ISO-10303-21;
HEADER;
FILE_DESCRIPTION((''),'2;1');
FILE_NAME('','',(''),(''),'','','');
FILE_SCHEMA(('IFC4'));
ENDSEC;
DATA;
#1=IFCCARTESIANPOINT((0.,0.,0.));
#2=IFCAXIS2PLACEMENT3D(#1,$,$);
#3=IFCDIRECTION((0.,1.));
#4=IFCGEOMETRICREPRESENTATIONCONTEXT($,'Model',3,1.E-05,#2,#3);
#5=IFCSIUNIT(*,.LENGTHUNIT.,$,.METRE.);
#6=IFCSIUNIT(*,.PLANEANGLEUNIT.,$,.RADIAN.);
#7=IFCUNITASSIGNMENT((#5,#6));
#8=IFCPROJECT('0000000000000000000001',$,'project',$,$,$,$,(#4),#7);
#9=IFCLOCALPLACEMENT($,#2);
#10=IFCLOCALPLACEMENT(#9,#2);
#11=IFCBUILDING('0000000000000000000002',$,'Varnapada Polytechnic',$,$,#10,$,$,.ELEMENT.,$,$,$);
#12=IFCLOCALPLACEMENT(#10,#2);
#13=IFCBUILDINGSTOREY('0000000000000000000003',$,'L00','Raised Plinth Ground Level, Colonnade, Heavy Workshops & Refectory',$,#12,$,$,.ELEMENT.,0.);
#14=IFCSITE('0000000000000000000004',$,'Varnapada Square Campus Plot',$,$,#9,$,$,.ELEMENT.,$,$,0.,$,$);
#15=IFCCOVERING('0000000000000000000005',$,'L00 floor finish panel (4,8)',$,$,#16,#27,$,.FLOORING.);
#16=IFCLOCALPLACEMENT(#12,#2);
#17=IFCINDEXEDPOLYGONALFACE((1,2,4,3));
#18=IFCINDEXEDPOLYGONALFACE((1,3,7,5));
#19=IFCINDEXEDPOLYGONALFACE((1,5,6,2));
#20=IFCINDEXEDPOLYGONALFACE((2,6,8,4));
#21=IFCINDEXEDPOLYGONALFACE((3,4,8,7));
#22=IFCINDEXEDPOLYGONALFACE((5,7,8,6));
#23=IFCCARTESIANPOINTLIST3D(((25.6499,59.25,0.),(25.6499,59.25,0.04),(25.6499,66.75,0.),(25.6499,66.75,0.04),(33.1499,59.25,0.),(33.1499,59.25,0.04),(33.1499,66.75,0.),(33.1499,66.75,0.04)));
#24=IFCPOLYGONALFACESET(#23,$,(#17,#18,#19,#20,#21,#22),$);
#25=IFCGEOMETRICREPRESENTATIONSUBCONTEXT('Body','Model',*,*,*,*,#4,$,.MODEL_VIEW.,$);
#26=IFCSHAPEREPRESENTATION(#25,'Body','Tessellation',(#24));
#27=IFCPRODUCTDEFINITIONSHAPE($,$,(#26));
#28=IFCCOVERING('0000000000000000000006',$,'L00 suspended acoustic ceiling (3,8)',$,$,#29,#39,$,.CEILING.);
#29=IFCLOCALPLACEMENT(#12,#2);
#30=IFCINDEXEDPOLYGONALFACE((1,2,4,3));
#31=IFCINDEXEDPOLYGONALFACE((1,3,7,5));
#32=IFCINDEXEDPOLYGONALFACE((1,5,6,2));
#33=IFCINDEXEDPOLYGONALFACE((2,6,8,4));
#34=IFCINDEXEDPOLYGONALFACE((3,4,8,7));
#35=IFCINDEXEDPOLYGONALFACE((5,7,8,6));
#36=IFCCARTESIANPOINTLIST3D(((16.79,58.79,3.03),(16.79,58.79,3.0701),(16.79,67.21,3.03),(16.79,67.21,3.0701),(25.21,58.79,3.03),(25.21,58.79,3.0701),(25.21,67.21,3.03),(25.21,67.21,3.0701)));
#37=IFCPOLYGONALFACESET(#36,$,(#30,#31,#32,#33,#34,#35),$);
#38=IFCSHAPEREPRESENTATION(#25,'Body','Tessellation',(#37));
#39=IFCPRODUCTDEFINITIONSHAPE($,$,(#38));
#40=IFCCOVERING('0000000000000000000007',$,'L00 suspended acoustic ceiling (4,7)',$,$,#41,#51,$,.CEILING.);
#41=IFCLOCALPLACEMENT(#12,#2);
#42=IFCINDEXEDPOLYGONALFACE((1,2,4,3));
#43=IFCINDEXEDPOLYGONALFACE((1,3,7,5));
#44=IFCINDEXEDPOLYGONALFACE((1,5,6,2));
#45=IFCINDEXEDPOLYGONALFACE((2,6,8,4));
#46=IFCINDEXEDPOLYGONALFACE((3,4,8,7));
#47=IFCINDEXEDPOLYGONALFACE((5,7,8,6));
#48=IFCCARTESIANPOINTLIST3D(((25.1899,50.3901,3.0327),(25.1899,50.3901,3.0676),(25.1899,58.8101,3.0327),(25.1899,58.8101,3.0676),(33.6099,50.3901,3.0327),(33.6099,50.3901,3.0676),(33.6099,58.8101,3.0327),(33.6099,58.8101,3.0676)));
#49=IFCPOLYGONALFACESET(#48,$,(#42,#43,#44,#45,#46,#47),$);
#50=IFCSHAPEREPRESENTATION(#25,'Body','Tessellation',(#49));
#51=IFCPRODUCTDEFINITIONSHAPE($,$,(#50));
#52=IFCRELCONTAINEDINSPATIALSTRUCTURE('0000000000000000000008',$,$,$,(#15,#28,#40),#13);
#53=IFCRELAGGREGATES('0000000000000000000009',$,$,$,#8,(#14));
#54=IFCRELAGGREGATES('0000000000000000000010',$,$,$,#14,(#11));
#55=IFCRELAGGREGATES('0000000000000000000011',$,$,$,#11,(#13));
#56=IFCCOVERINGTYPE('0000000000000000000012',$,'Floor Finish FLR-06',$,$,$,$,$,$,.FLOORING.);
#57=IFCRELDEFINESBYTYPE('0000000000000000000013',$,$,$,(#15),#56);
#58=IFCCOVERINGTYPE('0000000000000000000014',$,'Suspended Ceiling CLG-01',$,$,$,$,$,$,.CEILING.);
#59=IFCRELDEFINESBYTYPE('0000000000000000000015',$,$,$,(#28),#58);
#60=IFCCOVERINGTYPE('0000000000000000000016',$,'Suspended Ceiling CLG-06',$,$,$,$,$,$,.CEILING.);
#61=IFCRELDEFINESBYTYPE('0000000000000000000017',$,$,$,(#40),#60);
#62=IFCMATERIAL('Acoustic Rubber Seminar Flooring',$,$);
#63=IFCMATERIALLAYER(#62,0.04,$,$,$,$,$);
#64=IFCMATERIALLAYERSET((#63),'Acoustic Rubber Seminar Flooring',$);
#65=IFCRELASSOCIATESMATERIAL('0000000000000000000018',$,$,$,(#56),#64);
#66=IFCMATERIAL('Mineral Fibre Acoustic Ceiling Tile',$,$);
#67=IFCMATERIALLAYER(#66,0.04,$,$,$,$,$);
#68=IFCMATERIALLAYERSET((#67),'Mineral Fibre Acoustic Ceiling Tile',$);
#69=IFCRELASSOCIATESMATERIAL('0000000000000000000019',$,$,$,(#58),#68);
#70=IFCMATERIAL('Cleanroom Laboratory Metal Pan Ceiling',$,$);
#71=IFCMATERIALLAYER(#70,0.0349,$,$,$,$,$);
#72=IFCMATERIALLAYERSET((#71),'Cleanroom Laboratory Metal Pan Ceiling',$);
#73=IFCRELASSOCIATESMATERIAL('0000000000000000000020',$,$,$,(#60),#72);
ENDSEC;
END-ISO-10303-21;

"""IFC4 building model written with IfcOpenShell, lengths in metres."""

from ifc_helpers import new_model, si_unit, direction, frame, origin, origin_2d, place, context, subcontext, project, spatial, rectangle, extrude, material, layer, layer_set, type_object, element, save


model = new_model("IFC4")

# Units and contexts
model_context = context("Model", 3, precision=1e-05, world=origin(), true_north=direction((0.0, 1.0)))
body_context = subcontext(model_context, "Body", "Model", "MODEL_VIEW")
ifc_project = project(units=[si_unit("LENGTHUNIT", "METRE"), si_unit("PLANEANGLEUNIT", "RADIAN")], contexts=[model_context])

# Site, building, storey
site_placement = place(None, origin())
site = spatial("IfcSite", under=ifc_project, at=site_placement, Name="Varnapada Square Campus Plot", CompositionType="ELEMENT", RefElevation=0.0)
building_placement = place(site_placement, origin())
building = spatial("IfcBuilding", under=site, at=building_placement, Name="Varnapada Polytechnic", CompositionType="ELEMENT")
storey_placement = place(building_placement, origin())
storey = spatial("IfcBuildingStorey", under=building, at=storey_placement, Name="L00", Description="Raised Plinth Ground Level, Colonnade, Heavy Workshops & Refectory", CompositionType="ELEMENT", Elevation=0.0)

# Coverings
ifc_material_1 = material(Name="Acoustic Rubber Seminar Flooring")
ifc_layer_1 = layer(ifc_material_1, 0.04)
ifc_layer_set_1 = layer_set([ifc_layer_1], Name="Acoustic Rubber Seminar Flooring")
covering_type_1 = type_object("IfcCoveringType", Name="Floor Finish FLR-06", PredefinedType="FLOORING", material=ifc_layer_set_1)
covering_1_placement = place(storey_placement, frame((29.3999, 63.0, 0.0), z_axis=(0.0, 0.0, 1.0), x_axis=(1.0, 0.0, 0.0)))
element("IfcCovering", 1, at=covering_1_placement, inside=storey, type_object=covering_type_1, Name="L00 floor finish panel (4,8)", PredefinedType="FLOORING", context=body_context, shape_type="SweptSolid", body=[
    extrude(rectangle(XDim=7.5, YDim=7.5, at=origin_2d()), origin(), (0.0, 0.0, 1.0), 0.04),
])
ifc_material_2 = material(Name="Mineral Fibre Acoustic Ceiling Tile")
ifc_layer_2 = layer(ifc_material_2, 0.04)
ifc_layer_set_2 = layer_set([ifc_layer_2], Name="Mineral Fibre Acoustic Ceiling Tile")
covering_type_2 = type_object("IfcCoveringType", Name="Suspended Ceiling CLG-01", PredefinedType="CEILING", material=ifc_layer_set_2)
covering_2_placement = place(storey_placement, frame((21.0, 63.0, 3.03), z_axis=(0.0, 0.0, 1.0), x_axis=(1.0, 0.0, 0.0)))
element("IfcCovering", 2, at=covering_2_placement, inside=storey, type_object=covering_type_2, Name="L00 suspended acoustic ceiling (3,8)", PredefinedType="CEILING", context=body_context, shape_type="SweptSolid", body=[
    extrude(rectangle(XDim=8.4199, YDim=8.4199, at=origin_2d()), origin(), (0.0, 0.0, 1.0), 0.04),
])
ifc_material_3 = material(Name="Cleanroom Laboratory Metal Pan Ceiling")
ifc_layer_3 = layer(ifc_material_3, 0.0349)
ifc_layer_set_3 = layer_set([ifc_layer_3], Name="Cleanroom Laboratory Metal Pan Ceiling")
covering_type_3 = type_object("IfcCoveringType", Name="Suspended Ceiling CLG-06", PredefinedType="CEILING", material=ifc_layer_set_3)
covering_3_placement = place(storey_placement, frame((29.3999, 54.6001, 3.0327), z_axis=(0.0, 0.0, 1.0), x_axis=(1.0, 0.0, 0.0)))
element("IfcCovering", 3, at=covering_3_placement, inside=storey, type_object=covering_type_3, Name="L00 suspended acoustic ceiling (4,7)", PredefinedType="CEILING", context=body_context, shape_type="SweptSolid", body=[
    extrude(rectangle(XDim=8.4199, YDim=8.4199, at=origin_2d()), origin(), (0.0, 0.0, 1.0), 0.0349),
])

save(model, "model.ifc")
